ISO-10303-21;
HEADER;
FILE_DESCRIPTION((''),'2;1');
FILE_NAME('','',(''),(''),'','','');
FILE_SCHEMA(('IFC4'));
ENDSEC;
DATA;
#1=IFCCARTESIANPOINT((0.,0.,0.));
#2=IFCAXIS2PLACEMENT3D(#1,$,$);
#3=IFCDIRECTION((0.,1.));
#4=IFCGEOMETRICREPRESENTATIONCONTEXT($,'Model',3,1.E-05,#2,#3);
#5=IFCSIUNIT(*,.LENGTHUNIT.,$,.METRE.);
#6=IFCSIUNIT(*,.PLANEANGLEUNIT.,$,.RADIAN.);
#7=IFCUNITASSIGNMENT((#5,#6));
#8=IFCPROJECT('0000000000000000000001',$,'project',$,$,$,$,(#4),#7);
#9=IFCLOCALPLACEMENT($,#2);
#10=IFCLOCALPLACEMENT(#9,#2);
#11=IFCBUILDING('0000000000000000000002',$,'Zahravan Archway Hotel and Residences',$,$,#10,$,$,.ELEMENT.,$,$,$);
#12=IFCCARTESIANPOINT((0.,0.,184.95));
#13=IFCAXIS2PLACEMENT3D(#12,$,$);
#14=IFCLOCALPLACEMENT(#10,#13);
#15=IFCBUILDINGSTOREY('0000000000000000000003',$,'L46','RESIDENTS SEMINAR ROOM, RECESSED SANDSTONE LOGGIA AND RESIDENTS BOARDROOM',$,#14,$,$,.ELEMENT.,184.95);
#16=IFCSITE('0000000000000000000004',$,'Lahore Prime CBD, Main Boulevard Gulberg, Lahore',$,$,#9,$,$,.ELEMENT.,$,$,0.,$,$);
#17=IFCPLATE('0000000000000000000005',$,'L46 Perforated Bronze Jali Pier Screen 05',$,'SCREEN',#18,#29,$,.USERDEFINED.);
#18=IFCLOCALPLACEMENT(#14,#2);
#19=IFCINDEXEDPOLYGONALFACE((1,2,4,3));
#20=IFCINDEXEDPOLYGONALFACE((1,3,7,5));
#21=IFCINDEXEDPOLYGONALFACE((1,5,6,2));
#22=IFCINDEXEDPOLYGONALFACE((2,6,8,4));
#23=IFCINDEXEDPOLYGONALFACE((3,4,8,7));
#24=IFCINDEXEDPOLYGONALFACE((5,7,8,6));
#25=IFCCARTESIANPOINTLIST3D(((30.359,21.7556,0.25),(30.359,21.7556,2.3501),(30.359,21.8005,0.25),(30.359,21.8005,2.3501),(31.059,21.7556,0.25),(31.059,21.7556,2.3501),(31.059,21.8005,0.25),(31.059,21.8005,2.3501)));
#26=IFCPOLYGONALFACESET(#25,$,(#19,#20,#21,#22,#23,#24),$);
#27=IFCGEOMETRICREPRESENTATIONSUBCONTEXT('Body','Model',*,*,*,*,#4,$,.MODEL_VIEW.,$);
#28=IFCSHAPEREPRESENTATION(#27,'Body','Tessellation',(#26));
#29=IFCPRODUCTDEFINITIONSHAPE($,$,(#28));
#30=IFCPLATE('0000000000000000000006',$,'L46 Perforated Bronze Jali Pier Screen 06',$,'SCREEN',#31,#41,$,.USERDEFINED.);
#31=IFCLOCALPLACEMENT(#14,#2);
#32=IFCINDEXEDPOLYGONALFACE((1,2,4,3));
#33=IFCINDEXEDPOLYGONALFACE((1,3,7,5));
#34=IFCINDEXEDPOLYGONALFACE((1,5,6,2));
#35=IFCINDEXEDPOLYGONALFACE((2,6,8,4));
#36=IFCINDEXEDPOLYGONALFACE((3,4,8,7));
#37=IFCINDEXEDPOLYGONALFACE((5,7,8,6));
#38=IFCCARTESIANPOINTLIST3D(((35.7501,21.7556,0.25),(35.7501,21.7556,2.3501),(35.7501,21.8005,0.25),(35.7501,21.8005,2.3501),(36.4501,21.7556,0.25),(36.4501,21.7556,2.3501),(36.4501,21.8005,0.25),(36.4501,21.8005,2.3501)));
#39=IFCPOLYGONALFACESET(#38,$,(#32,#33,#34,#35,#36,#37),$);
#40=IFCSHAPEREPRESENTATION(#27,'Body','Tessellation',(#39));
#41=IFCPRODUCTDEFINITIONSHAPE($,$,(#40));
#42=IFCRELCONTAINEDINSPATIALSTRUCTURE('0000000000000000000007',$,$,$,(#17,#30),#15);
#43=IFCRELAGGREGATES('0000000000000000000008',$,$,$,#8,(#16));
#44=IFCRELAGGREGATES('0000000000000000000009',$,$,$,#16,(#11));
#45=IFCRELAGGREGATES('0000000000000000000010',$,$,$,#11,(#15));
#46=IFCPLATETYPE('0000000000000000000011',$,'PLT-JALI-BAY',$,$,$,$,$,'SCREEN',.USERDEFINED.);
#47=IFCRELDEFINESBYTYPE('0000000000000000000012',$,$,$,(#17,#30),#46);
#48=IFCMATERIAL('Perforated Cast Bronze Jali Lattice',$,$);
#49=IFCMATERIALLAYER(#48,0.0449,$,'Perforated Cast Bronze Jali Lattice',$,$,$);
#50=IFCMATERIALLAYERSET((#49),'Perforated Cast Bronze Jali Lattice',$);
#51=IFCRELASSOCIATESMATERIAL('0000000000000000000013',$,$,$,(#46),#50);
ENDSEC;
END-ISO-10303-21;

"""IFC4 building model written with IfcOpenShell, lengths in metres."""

from ifc_helpers import new_model, si_unit, direction, frame, origin, origin_2d, place, context, subcontext, project, spatial, rectangle, extrude, source, transform, mapped, material, layer, layer_set, type_object, type_shapes, element, save


model = new_model("IFC4")

# Units and contexts
model_context = context("Model", 3, precision=1e-05, world=origin(), true_north=direction((0.0, 1.0)))
body_context = subcontext(model_context, "Body", "Model", "MODEL_VIEW")
ifc_project = project(units=[si_unit("LENGTHUNIT", "METRE"), si_unit("PLANEANGLEUNIT", "RADIAN")], contexts=[model_context])

# Site, building, storey
site_placement = place(None, origin())
site = spatial("IfcSite", under=ifc_project, at=site_placement, Name="Lahore Prime CBD, Main Boulevard Gulberg, Lahore", CompositionType="ELEMENT", RefElevation=0.0)
building_placement = place(site_placement, origin())
building = spatial("IfcBuilding", under=site, at=building_placement, Name="Zahravan Archway Hotel and Residences", CompositionType="ELEMENT")
storey_placement = place(building_placement, frame((0.0, 0.0, 184.95)))
storey = spatial("IfcBuildingStorey", under=building, at=storey_placement, Name="L46", Description="RESIDENTS SEMINAR ROOM, RECESSED SANDSTONE LOGGIA AND RESIDENTS BOARDROOM", CompositionType="ELEMENT", Elevation=184.95)

# Plates
ifc_material_1 = material(Name="Perforated Cast Bronze Jali Lattice")
ifc_layer = layer(ifc_material_1, 0.0449, Name="Perforated Cast Bronze Jali Lattice")
ifc_layer_set = layer_set([ifc_layer], Name="Perforated Cast Bronze Jali Lattice")
plate_type = type_object("IfcPlateType", Name="PLT-JALI-BAY", ElementType="SCREEN", PredefinedType="USERDEFINED", material=ifc_layer_set)
shared_shape_1 = source(origin(), body_context, "Body", "SweptSolid", [
    extrude(rectangle(XDim=0.7, YDim=0.0449, at=origin_2d()), origin(), (0.0, 0.0, 1.0), 2.1001),
])
type_shapes(plate_type, [shared_shape_1])
for number, where, z_axis, x_axis, name in (
    (1, (30.709, 21.7781, 0.25), (0.0, 0.0, 1.0), (1.0, 0.0, 0.0), "L46 Perforated Bronze Jali Pier Screen 05"),
    (2, (36.1001, 21.7781, 0.25), (0.0, 0.0, 1.0), (1.0, 0.0, 0.0), "L46 Perforated Bronze Jali Pier Screen 06"),
):
    element("IfcPlate", number, at=place(storey_placement, frame(where, z_axis=z_axis, x_axis=x_axis)), inside=storey, type_object=plate_type, Name=name, ObjectType="SCREEN", PredefinedType="USERDEFINED", context=body_context, shape_type="MappedRepresentation", body=[
        mapped(shared_shape_1, transform((0.0, 0.0, 0.0), scale=1.0)),
    ])

save(model, "model.ifc")
